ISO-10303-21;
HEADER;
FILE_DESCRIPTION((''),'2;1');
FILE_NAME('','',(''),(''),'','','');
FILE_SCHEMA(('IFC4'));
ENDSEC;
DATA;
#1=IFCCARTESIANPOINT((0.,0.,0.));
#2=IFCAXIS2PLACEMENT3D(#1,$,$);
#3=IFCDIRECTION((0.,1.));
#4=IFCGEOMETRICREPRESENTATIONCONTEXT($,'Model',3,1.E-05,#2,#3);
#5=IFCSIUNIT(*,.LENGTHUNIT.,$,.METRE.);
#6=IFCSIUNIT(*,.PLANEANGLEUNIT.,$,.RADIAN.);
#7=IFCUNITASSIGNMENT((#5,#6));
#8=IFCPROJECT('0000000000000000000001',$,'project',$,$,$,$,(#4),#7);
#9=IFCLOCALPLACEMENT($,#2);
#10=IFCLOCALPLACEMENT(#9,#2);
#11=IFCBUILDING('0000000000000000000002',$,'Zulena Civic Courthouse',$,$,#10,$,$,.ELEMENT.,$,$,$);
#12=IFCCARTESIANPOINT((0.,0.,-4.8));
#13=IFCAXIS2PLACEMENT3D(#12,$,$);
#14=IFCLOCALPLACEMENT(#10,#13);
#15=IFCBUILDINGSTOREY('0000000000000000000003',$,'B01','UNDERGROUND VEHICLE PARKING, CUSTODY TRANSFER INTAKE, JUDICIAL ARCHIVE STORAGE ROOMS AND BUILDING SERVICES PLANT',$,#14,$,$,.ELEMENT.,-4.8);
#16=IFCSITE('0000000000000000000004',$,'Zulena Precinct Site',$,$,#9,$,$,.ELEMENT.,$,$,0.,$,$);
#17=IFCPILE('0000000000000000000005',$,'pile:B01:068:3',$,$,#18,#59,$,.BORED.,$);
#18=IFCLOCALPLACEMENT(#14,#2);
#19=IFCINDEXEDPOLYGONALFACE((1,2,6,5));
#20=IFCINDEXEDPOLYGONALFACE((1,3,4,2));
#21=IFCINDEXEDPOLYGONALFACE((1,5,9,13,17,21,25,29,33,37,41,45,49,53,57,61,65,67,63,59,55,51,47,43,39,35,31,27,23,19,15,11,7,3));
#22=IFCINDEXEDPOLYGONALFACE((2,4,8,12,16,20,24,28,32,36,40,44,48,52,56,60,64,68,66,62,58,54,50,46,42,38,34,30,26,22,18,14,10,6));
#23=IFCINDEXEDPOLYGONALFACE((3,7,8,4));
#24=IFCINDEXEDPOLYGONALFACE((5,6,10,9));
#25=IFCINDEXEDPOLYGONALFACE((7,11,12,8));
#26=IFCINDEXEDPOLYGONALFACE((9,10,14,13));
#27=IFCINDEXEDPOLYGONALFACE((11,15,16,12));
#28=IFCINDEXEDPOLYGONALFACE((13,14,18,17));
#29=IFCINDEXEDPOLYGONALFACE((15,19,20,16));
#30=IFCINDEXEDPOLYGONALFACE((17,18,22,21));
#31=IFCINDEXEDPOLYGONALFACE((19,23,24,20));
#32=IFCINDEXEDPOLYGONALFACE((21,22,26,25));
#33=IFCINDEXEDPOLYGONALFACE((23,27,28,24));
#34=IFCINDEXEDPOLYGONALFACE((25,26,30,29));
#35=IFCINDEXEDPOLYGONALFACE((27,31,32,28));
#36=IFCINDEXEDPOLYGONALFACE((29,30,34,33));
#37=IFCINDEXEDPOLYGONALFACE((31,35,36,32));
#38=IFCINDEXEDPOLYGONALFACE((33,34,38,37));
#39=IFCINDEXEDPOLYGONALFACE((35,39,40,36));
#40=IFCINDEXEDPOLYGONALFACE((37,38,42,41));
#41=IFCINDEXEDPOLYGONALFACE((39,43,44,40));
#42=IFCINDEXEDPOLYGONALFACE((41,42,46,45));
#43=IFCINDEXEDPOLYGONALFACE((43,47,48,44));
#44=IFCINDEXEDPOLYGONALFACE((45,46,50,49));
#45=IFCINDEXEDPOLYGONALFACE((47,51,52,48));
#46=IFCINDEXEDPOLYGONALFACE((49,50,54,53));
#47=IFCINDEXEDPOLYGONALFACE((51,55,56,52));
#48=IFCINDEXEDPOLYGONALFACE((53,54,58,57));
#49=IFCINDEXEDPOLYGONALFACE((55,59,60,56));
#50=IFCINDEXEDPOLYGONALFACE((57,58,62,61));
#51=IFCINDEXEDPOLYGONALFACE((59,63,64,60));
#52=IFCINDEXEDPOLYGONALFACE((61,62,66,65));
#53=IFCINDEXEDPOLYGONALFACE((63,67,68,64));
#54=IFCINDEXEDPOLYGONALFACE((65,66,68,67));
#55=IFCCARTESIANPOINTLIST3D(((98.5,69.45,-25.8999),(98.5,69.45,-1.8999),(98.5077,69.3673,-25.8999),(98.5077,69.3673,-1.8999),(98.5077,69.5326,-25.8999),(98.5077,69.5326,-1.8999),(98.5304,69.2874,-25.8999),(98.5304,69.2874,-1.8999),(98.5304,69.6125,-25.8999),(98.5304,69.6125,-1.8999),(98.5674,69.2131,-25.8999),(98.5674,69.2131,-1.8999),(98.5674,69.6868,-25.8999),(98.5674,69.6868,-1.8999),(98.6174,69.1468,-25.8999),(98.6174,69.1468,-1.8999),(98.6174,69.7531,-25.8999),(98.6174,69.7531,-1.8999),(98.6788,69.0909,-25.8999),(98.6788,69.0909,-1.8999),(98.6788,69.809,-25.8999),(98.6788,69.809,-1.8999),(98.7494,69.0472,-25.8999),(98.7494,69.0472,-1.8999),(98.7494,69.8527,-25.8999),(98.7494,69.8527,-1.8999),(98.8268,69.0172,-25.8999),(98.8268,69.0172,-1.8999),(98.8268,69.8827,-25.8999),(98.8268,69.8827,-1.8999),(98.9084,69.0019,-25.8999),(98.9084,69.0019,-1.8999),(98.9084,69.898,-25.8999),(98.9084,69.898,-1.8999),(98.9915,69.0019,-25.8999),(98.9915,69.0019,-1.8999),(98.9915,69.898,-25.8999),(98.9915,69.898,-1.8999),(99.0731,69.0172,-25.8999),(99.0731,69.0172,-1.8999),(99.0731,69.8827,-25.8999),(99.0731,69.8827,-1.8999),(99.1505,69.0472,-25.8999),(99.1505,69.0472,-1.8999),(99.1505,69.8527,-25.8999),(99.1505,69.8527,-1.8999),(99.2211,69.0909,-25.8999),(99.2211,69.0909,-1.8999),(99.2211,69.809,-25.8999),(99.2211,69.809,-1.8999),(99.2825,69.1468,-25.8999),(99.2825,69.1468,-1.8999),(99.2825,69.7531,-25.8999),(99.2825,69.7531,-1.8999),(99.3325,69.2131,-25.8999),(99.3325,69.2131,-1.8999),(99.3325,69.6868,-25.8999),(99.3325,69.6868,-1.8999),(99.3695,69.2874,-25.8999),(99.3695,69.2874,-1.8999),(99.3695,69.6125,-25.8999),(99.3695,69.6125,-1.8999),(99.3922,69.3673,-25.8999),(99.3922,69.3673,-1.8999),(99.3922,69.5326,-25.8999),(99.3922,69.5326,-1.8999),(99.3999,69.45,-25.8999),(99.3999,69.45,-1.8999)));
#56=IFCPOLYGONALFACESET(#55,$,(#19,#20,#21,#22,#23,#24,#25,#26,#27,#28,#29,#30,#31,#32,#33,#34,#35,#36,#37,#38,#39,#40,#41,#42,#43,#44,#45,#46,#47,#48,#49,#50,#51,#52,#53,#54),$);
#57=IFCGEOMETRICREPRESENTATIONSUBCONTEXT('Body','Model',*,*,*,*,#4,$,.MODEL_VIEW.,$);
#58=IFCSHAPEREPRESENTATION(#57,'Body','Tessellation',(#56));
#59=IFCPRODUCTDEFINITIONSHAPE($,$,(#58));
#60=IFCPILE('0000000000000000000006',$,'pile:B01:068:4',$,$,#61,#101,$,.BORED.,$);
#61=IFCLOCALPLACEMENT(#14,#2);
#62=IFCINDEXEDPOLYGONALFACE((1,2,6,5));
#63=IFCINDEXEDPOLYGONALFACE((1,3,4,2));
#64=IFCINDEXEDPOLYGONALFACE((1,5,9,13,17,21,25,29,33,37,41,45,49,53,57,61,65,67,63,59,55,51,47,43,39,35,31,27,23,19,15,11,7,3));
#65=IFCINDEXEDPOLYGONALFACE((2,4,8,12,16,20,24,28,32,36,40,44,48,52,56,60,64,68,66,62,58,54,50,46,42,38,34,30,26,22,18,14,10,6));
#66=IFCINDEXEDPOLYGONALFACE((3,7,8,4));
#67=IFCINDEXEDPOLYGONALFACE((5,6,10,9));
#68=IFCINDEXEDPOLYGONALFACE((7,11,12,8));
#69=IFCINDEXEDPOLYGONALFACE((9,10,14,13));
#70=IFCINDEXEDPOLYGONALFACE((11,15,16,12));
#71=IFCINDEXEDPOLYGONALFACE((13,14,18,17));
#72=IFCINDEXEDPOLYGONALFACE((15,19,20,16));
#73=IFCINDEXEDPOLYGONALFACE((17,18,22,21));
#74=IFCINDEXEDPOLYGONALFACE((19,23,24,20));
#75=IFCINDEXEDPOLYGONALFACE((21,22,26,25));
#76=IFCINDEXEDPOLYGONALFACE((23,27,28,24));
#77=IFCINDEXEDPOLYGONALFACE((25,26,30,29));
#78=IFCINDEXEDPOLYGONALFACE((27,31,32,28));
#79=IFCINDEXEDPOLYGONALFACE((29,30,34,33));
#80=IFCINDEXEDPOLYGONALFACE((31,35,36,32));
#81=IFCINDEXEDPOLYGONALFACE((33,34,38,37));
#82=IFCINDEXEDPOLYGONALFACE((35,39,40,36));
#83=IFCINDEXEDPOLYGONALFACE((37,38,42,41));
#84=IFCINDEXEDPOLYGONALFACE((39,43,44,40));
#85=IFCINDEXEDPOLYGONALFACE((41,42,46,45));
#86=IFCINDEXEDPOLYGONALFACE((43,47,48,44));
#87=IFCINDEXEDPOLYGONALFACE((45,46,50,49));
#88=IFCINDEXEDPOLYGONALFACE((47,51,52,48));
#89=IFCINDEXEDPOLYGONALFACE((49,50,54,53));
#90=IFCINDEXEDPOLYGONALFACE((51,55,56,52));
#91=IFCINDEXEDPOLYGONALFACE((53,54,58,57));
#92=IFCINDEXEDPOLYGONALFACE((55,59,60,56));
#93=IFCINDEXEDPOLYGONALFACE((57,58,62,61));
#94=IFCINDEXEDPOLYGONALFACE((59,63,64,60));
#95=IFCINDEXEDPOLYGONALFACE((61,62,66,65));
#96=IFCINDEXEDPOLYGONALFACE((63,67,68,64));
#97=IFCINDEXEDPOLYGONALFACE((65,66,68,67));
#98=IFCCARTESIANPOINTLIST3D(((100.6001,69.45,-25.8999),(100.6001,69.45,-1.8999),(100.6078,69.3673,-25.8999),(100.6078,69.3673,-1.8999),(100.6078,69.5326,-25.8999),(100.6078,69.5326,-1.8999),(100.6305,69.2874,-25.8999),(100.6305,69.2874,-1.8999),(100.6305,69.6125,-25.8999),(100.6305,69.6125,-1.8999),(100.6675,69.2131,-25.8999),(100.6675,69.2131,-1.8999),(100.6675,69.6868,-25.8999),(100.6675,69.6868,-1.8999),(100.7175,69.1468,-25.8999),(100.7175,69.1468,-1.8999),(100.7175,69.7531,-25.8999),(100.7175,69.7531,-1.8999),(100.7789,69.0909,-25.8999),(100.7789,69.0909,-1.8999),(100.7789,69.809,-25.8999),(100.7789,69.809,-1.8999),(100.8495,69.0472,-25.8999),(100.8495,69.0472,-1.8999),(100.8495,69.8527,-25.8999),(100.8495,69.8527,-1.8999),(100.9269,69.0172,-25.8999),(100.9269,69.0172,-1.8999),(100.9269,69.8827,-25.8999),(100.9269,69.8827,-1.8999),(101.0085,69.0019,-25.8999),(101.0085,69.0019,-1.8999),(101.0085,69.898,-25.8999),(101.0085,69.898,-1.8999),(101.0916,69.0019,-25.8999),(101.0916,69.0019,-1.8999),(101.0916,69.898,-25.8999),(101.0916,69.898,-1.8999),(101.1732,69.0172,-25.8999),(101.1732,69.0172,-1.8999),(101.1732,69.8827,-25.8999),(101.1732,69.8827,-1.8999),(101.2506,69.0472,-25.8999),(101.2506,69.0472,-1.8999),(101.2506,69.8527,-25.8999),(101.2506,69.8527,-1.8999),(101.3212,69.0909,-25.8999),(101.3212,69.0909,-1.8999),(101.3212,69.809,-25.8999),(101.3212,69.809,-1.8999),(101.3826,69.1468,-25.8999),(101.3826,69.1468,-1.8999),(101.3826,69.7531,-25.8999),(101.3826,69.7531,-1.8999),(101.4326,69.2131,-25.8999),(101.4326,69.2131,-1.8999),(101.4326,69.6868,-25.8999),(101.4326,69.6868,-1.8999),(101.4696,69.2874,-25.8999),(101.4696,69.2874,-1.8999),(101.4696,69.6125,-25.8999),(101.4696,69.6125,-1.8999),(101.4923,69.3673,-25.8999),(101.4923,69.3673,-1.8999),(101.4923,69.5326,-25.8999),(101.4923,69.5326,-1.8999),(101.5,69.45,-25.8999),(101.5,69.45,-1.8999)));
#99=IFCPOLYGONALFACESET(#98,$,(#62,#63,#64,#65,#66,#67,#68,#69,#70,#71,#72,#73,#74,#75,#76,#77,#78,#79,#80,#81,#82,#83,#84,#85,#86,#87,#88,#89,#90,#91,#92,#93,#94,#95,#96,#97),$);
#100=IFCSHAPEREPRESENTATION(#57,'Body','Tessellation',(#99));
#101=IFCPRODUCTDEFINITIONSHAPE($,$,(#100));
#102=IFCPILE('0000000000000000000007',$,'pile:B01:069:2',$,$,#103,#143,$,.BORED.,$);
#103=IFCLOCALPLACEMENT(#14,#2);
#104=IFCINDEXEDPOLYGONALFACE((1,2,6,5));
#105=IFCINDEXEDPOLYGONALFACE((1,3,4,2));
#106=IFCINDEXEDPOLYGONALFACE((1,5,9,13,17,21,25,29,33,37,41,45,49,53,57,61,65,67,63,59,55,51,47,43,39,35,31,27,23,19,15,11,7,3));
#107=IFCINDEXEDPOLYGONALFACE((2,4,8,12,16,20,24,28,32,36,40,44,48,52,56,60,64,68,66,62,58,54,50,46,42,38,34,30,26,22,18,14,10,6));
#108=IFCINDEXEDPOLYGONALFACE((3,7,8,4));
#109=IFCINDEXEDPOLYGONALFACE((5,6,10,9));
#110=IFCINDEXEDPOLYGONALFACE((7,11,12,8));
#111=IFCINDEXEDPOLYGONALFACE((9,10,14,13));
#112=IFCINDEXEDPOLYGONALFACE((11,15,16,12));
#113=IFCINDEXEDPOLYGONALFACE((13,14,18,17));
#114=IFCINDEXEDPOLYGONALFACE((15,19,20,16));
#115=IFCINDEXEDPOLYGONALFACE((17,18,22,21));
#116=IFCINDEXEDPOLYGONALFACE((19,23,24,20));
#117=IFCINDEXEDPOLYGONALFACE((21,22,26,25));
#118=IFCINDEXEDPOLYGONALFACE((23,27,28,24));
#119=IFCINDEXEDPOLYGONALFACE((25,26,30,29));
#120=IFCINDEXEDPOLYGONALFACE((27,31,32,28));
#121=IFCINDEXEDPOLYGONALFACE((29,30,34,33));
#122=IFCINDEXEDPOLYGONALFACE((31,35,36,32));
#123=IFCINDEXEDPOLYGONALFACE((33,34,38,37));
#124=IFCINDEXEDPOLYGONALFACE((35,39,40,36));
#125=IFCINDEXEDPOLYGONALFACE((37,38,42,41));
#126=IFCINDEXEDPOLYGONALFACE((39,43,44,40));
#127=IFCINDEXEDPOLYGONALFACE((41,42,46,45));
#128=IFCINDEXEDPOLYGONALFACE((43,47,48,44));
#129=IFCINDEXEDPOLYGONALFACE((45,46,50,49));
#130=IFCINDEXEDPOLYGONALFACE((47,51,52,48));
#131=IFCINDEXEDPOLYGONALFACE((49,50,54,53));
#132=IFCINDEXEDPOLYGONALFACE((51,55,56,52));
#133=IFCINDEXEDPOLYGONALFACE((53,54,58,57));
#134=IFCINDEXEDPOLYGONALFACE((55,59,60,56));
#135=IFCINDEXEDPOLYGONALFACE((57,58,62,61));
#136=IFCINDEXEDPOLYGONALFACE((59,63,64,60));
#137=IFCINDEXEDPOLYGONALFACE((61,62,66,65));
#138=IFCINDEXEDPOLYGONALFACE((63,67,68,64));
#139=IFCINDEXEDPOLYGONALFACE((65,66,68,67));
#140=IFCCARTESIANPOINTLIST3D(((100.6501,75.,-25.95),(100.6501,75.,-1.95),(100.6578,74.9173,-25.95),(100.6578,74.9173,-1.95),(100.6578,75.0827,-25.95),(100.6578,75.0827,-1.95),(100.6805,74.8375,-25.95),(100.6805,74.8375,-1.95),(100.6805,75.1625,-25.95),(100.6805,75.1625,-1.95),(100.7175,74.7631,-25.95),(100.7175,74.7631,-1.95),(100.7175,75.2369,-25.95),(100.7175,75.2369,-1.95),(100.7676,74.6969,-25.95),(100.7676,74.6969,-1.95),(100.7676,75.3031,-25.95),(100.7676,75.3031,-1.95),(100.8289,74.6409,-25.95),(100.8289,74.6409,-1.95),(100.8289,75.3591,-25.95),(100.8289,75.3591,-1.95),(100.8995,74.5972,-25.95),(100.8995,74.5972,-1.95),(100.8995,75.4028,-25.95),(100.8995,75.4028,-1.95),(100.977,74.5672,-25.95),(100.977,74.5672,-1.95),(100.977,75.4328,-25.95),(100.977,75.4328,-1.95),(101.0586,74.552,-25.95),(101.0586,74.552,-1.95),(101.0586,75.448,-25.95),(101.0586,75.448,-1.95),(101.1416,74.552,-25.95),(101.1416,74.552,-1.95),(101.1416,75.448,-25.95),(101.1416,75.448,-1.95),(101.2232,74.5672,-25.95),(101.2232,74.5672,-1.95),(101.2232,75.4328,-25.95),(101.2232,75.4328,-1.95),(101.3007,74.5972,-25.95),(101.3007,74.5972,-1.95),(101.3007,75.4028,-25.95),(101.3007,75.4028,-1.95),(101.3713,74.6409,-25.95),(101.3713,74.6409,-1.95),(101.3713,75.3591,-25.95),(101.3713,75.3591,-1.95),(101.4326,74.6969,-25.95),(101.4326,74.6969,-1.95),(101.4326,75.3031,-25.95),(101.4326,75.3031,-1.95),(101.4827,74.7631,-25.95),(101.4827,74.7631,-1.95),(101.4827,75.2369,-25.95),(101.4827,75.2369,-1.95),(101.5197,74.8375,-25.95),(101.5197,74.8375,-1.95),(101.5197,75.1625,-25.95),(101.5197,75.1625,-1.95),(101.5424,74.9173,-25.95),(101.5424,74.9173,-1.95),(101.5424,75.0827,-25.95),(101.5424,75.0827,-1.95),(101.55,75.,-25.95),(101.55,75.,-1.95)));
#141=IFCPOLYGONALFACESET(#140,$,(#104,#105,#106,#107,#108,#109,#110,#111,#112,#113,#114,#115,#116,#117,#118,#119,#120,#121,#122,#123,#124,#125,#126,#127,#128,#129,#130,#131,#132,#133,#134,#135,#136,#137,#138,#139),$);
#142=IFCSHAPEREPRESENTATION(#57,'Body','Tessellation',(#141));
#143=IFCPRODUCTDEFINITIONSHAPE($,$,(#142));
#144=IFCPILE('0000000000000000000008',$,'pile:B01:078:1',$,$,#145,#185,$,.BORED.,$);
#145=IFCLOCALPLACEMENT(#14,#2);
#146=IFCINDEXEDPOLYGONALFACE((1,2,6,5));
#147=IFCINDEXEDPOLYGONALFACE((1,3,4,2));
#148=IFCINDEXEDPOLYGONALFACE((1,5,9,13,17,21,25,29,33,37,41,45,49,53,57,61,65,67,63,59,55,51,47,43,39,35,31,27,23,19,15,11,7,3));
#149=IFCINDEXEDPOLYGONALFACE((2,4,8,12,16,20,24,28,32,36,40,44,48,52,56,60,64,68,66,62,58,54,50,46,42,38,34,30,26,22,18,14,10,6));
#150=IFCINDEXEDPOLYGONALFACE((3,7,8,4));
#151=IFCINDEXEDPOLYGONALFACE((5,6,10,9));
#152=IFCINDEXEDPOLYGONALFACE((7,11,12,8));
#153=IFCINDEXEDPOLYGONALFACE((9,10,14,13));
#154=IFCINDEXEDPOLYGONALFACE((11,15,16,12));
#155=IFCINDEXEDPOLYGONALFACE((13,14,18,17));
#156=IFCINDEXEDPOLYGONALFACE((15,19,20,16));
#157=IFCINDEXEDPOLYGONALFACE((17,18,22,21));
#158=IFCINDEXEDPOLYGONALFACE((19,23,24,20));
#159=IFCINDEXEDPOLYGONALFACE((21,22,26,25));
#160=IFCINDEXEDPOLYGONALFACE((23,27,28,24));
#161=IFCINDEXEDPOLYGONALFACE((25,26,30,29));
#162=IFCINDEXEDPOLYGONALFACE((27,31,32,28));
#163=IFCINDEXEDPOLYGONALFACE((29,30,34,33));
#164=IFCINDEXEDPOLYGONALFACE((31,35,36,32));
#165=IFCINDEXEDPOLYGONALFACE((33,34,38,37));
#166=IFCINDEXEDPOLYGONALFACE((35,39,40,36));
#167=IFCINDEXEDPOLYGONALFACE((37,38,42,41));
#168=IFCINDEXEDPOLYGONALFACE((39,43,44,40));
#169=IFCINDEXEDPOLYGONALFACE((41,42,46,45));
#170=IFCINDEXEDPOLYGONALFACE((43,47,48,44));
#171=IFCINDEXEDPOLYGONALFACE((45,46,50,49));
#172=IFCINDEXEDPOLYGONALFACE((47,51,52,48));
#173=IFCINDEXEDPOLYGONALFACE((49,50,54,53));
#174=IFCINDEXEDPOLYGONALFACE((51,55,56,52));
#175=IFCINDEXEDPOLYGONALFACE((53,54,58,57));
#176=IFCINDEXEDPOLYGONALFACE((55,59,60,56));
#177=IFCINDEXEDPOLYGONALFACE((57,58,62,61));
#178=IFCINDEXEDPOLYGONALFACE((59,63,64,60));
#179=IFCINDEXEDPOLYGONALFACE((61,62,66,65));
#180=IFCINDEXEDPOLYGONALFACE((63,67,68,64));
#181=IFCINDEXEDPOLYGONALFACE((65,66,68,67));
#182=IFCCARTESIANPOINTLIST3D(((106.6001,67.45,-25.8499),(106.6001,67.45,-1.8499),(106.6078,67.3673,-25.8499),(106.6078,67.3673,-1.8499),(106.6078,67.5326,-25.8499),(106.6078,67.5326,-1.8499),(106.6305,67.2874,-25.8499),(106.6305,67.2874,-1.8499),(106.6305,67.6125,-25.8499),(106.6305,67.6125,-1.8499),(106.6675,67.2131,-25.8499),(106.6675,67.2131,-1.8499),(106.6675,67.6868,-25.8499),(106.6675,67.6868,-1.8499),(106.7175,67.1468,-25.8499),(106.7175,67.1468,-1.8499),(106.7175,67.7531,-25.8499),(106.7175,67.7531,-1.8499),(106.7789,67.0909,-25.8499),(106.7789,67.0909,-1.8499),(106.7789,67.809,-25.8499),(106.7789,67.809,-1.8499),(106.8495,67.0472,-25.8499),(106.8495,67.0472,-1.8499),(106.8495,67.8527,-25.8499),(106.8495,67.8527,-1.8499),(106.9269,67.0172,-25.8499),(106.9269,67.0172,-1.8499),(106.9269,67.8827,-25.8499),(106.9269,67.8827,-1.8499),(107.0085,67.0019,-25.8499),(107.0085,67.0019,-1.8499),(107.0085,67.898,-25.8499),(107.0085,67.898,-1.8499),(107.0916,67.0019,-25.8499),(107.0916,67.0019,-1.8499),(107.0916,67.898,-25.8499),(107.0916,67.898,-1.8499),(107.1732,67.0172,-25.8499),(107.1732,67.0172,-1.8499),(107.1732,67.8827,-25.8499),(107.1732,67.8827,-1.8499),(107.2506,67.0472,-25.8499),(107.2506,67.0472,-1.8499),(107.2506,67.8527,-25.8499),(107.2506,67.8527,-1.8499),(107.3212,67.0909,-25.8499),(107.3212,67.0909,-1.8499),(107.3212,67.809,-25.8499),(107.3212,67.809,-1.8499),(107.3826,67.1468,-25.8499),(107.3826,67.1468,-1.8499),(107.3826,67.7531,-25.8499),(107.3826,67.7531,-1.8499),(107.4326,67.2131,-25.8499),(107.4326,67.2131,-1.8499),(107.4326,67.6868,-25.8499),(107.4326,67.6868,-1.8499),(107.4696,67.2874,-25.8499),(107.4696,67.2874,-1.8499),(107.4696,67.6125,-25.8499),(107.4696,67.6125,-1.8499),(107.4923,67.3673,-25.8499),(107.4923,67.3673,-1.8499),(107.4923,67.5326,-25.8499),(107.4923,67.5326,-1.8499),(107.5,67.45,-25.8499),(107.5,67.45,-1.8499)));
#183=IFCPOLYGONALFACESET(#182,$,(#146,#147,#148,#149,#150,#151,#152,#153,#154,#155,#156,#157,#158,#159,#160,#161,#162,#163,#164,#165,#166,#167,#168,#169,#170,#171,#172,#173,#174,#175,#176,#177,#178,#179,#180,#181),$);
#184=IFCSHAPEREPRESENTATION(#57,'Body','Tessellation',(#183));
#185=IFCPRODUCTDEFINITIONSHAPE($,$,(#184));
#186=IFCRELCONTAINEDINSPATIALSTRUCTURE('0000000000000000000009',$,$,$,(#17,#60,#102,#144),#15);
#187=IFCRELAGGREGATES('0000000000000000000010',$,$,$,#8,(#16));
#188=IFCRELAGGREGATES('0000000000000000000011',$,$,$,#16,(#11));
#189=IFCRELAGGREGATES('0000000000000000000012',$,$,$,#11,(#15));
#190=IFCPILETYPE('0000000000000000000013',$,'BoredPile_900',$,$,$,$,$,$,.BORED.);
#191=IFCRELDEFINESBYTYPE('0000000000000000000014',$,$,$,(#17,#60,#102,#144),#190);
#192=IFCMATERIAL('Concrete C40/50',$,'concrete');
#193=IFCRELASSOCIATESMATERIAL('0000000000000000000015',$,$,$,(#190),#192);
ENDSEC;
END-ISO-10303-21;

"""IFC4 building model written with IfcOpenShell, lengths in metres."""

from ifc_helpers import new_model, si_unit, direction, frame, origin, origin_2d, place, context, subcontext, project, spatial, circle, extrude, material, material_profile, profile_set, type_object, element, save


model = new_model("IFC4")

# Units and contexts
model_context = context("Model", 3, precision=1e-05, world=origin(), true_north=direction((0.0, 1.0)))
body_context = subcontext(model_context, "Body", "Model", "MODEL_VIEW")
ifc_project = project(units=[si_unit("LENGTHUNIT", "METRE"), si_unit("PLANEANGLEUNIT", "RADIAN")], contexts=[model_context])

# Site, building, storey
site_placement = place(None, origin())
site = spatial("IfcSite", under=ifc_project, at=site_placement, Name="Zulena Precinct Site", CompositionType="ELEMENT", RefElevation=0.0)
building_placement = place(site_placement, origin())
building = spatial("IfcBuilding", under=site, at=building_placement, Name="Zulena Civic Courthouse", CompositionType="ELEMENT")
storey_placement = place(building_placement, frame((0.0, 0.0, -4.8)))
storey = spatial("IfcBuildingStorey", under=building, at=storey_placement, Name="B01", Description="UNDERGROUND VEHICLE PARKING, CUSTODY TRANSFER INTAKE, JUDICIAL ARCHIVE STORAGE ROOMS AND BUILDING SERVICES PLANT", CompositionType="ELEMENT", Elevation=-4.8)

# Piles
ifc_material_1 = material(Name="Concrete C40/50", Category="concrete")
ifc_material_profile_1 = material_profile(ifc_material_1, circle(Radius=0.45, at=origin_2d()), Name="PILE900")
ifc_profile_set_1 = profile_set([ifc_material_profile_1], Name="Concrete C40/50")
pile_type = type_object("IfcPileType", Name="BoredPile_900", PredefinedType="BORED", material=ifc_profile_set_1)
for number, where, z_axis, x_axis, name in (
    (1, (98.95, 69.45, -1.8999), (0.0, 0.0, -1.0), (1.0, 0.0, 0.0), "pile:B01:068:3"),
    (2, (101.05, 69.45, -1.8999), (0.0, 0.0, -1.0), (1.0, 0.0, 0.0), "pile:B01:068:4"),
    (3, (101.1001, 75.0, -1.95), (0.0, 0.0, -1.0), (1.0, 0.0, 0.0), "pile:B01:069:2"),
    (4, (107.05, 67.45, -1.8499), (0.0, 0.0, -1.0), (1.0, 0.0, 0.0), "pile:B01:078:1"),
):
    element("IfcPile", number, at=place(storey_placement, frame(where, z_axis=z_axis, x_axis=x_axis)), inside=storey, type_object=pile_type, Name=name, PredefinedType="BORED", context=body_context, shape_type="SweptSolid", body=[
        extrude(circle(Radius=0.45, at=origin_2d()), origin(), (0.0, 0.0, 1.0), 24.0),
    ])

save(model, "model.ifc")
